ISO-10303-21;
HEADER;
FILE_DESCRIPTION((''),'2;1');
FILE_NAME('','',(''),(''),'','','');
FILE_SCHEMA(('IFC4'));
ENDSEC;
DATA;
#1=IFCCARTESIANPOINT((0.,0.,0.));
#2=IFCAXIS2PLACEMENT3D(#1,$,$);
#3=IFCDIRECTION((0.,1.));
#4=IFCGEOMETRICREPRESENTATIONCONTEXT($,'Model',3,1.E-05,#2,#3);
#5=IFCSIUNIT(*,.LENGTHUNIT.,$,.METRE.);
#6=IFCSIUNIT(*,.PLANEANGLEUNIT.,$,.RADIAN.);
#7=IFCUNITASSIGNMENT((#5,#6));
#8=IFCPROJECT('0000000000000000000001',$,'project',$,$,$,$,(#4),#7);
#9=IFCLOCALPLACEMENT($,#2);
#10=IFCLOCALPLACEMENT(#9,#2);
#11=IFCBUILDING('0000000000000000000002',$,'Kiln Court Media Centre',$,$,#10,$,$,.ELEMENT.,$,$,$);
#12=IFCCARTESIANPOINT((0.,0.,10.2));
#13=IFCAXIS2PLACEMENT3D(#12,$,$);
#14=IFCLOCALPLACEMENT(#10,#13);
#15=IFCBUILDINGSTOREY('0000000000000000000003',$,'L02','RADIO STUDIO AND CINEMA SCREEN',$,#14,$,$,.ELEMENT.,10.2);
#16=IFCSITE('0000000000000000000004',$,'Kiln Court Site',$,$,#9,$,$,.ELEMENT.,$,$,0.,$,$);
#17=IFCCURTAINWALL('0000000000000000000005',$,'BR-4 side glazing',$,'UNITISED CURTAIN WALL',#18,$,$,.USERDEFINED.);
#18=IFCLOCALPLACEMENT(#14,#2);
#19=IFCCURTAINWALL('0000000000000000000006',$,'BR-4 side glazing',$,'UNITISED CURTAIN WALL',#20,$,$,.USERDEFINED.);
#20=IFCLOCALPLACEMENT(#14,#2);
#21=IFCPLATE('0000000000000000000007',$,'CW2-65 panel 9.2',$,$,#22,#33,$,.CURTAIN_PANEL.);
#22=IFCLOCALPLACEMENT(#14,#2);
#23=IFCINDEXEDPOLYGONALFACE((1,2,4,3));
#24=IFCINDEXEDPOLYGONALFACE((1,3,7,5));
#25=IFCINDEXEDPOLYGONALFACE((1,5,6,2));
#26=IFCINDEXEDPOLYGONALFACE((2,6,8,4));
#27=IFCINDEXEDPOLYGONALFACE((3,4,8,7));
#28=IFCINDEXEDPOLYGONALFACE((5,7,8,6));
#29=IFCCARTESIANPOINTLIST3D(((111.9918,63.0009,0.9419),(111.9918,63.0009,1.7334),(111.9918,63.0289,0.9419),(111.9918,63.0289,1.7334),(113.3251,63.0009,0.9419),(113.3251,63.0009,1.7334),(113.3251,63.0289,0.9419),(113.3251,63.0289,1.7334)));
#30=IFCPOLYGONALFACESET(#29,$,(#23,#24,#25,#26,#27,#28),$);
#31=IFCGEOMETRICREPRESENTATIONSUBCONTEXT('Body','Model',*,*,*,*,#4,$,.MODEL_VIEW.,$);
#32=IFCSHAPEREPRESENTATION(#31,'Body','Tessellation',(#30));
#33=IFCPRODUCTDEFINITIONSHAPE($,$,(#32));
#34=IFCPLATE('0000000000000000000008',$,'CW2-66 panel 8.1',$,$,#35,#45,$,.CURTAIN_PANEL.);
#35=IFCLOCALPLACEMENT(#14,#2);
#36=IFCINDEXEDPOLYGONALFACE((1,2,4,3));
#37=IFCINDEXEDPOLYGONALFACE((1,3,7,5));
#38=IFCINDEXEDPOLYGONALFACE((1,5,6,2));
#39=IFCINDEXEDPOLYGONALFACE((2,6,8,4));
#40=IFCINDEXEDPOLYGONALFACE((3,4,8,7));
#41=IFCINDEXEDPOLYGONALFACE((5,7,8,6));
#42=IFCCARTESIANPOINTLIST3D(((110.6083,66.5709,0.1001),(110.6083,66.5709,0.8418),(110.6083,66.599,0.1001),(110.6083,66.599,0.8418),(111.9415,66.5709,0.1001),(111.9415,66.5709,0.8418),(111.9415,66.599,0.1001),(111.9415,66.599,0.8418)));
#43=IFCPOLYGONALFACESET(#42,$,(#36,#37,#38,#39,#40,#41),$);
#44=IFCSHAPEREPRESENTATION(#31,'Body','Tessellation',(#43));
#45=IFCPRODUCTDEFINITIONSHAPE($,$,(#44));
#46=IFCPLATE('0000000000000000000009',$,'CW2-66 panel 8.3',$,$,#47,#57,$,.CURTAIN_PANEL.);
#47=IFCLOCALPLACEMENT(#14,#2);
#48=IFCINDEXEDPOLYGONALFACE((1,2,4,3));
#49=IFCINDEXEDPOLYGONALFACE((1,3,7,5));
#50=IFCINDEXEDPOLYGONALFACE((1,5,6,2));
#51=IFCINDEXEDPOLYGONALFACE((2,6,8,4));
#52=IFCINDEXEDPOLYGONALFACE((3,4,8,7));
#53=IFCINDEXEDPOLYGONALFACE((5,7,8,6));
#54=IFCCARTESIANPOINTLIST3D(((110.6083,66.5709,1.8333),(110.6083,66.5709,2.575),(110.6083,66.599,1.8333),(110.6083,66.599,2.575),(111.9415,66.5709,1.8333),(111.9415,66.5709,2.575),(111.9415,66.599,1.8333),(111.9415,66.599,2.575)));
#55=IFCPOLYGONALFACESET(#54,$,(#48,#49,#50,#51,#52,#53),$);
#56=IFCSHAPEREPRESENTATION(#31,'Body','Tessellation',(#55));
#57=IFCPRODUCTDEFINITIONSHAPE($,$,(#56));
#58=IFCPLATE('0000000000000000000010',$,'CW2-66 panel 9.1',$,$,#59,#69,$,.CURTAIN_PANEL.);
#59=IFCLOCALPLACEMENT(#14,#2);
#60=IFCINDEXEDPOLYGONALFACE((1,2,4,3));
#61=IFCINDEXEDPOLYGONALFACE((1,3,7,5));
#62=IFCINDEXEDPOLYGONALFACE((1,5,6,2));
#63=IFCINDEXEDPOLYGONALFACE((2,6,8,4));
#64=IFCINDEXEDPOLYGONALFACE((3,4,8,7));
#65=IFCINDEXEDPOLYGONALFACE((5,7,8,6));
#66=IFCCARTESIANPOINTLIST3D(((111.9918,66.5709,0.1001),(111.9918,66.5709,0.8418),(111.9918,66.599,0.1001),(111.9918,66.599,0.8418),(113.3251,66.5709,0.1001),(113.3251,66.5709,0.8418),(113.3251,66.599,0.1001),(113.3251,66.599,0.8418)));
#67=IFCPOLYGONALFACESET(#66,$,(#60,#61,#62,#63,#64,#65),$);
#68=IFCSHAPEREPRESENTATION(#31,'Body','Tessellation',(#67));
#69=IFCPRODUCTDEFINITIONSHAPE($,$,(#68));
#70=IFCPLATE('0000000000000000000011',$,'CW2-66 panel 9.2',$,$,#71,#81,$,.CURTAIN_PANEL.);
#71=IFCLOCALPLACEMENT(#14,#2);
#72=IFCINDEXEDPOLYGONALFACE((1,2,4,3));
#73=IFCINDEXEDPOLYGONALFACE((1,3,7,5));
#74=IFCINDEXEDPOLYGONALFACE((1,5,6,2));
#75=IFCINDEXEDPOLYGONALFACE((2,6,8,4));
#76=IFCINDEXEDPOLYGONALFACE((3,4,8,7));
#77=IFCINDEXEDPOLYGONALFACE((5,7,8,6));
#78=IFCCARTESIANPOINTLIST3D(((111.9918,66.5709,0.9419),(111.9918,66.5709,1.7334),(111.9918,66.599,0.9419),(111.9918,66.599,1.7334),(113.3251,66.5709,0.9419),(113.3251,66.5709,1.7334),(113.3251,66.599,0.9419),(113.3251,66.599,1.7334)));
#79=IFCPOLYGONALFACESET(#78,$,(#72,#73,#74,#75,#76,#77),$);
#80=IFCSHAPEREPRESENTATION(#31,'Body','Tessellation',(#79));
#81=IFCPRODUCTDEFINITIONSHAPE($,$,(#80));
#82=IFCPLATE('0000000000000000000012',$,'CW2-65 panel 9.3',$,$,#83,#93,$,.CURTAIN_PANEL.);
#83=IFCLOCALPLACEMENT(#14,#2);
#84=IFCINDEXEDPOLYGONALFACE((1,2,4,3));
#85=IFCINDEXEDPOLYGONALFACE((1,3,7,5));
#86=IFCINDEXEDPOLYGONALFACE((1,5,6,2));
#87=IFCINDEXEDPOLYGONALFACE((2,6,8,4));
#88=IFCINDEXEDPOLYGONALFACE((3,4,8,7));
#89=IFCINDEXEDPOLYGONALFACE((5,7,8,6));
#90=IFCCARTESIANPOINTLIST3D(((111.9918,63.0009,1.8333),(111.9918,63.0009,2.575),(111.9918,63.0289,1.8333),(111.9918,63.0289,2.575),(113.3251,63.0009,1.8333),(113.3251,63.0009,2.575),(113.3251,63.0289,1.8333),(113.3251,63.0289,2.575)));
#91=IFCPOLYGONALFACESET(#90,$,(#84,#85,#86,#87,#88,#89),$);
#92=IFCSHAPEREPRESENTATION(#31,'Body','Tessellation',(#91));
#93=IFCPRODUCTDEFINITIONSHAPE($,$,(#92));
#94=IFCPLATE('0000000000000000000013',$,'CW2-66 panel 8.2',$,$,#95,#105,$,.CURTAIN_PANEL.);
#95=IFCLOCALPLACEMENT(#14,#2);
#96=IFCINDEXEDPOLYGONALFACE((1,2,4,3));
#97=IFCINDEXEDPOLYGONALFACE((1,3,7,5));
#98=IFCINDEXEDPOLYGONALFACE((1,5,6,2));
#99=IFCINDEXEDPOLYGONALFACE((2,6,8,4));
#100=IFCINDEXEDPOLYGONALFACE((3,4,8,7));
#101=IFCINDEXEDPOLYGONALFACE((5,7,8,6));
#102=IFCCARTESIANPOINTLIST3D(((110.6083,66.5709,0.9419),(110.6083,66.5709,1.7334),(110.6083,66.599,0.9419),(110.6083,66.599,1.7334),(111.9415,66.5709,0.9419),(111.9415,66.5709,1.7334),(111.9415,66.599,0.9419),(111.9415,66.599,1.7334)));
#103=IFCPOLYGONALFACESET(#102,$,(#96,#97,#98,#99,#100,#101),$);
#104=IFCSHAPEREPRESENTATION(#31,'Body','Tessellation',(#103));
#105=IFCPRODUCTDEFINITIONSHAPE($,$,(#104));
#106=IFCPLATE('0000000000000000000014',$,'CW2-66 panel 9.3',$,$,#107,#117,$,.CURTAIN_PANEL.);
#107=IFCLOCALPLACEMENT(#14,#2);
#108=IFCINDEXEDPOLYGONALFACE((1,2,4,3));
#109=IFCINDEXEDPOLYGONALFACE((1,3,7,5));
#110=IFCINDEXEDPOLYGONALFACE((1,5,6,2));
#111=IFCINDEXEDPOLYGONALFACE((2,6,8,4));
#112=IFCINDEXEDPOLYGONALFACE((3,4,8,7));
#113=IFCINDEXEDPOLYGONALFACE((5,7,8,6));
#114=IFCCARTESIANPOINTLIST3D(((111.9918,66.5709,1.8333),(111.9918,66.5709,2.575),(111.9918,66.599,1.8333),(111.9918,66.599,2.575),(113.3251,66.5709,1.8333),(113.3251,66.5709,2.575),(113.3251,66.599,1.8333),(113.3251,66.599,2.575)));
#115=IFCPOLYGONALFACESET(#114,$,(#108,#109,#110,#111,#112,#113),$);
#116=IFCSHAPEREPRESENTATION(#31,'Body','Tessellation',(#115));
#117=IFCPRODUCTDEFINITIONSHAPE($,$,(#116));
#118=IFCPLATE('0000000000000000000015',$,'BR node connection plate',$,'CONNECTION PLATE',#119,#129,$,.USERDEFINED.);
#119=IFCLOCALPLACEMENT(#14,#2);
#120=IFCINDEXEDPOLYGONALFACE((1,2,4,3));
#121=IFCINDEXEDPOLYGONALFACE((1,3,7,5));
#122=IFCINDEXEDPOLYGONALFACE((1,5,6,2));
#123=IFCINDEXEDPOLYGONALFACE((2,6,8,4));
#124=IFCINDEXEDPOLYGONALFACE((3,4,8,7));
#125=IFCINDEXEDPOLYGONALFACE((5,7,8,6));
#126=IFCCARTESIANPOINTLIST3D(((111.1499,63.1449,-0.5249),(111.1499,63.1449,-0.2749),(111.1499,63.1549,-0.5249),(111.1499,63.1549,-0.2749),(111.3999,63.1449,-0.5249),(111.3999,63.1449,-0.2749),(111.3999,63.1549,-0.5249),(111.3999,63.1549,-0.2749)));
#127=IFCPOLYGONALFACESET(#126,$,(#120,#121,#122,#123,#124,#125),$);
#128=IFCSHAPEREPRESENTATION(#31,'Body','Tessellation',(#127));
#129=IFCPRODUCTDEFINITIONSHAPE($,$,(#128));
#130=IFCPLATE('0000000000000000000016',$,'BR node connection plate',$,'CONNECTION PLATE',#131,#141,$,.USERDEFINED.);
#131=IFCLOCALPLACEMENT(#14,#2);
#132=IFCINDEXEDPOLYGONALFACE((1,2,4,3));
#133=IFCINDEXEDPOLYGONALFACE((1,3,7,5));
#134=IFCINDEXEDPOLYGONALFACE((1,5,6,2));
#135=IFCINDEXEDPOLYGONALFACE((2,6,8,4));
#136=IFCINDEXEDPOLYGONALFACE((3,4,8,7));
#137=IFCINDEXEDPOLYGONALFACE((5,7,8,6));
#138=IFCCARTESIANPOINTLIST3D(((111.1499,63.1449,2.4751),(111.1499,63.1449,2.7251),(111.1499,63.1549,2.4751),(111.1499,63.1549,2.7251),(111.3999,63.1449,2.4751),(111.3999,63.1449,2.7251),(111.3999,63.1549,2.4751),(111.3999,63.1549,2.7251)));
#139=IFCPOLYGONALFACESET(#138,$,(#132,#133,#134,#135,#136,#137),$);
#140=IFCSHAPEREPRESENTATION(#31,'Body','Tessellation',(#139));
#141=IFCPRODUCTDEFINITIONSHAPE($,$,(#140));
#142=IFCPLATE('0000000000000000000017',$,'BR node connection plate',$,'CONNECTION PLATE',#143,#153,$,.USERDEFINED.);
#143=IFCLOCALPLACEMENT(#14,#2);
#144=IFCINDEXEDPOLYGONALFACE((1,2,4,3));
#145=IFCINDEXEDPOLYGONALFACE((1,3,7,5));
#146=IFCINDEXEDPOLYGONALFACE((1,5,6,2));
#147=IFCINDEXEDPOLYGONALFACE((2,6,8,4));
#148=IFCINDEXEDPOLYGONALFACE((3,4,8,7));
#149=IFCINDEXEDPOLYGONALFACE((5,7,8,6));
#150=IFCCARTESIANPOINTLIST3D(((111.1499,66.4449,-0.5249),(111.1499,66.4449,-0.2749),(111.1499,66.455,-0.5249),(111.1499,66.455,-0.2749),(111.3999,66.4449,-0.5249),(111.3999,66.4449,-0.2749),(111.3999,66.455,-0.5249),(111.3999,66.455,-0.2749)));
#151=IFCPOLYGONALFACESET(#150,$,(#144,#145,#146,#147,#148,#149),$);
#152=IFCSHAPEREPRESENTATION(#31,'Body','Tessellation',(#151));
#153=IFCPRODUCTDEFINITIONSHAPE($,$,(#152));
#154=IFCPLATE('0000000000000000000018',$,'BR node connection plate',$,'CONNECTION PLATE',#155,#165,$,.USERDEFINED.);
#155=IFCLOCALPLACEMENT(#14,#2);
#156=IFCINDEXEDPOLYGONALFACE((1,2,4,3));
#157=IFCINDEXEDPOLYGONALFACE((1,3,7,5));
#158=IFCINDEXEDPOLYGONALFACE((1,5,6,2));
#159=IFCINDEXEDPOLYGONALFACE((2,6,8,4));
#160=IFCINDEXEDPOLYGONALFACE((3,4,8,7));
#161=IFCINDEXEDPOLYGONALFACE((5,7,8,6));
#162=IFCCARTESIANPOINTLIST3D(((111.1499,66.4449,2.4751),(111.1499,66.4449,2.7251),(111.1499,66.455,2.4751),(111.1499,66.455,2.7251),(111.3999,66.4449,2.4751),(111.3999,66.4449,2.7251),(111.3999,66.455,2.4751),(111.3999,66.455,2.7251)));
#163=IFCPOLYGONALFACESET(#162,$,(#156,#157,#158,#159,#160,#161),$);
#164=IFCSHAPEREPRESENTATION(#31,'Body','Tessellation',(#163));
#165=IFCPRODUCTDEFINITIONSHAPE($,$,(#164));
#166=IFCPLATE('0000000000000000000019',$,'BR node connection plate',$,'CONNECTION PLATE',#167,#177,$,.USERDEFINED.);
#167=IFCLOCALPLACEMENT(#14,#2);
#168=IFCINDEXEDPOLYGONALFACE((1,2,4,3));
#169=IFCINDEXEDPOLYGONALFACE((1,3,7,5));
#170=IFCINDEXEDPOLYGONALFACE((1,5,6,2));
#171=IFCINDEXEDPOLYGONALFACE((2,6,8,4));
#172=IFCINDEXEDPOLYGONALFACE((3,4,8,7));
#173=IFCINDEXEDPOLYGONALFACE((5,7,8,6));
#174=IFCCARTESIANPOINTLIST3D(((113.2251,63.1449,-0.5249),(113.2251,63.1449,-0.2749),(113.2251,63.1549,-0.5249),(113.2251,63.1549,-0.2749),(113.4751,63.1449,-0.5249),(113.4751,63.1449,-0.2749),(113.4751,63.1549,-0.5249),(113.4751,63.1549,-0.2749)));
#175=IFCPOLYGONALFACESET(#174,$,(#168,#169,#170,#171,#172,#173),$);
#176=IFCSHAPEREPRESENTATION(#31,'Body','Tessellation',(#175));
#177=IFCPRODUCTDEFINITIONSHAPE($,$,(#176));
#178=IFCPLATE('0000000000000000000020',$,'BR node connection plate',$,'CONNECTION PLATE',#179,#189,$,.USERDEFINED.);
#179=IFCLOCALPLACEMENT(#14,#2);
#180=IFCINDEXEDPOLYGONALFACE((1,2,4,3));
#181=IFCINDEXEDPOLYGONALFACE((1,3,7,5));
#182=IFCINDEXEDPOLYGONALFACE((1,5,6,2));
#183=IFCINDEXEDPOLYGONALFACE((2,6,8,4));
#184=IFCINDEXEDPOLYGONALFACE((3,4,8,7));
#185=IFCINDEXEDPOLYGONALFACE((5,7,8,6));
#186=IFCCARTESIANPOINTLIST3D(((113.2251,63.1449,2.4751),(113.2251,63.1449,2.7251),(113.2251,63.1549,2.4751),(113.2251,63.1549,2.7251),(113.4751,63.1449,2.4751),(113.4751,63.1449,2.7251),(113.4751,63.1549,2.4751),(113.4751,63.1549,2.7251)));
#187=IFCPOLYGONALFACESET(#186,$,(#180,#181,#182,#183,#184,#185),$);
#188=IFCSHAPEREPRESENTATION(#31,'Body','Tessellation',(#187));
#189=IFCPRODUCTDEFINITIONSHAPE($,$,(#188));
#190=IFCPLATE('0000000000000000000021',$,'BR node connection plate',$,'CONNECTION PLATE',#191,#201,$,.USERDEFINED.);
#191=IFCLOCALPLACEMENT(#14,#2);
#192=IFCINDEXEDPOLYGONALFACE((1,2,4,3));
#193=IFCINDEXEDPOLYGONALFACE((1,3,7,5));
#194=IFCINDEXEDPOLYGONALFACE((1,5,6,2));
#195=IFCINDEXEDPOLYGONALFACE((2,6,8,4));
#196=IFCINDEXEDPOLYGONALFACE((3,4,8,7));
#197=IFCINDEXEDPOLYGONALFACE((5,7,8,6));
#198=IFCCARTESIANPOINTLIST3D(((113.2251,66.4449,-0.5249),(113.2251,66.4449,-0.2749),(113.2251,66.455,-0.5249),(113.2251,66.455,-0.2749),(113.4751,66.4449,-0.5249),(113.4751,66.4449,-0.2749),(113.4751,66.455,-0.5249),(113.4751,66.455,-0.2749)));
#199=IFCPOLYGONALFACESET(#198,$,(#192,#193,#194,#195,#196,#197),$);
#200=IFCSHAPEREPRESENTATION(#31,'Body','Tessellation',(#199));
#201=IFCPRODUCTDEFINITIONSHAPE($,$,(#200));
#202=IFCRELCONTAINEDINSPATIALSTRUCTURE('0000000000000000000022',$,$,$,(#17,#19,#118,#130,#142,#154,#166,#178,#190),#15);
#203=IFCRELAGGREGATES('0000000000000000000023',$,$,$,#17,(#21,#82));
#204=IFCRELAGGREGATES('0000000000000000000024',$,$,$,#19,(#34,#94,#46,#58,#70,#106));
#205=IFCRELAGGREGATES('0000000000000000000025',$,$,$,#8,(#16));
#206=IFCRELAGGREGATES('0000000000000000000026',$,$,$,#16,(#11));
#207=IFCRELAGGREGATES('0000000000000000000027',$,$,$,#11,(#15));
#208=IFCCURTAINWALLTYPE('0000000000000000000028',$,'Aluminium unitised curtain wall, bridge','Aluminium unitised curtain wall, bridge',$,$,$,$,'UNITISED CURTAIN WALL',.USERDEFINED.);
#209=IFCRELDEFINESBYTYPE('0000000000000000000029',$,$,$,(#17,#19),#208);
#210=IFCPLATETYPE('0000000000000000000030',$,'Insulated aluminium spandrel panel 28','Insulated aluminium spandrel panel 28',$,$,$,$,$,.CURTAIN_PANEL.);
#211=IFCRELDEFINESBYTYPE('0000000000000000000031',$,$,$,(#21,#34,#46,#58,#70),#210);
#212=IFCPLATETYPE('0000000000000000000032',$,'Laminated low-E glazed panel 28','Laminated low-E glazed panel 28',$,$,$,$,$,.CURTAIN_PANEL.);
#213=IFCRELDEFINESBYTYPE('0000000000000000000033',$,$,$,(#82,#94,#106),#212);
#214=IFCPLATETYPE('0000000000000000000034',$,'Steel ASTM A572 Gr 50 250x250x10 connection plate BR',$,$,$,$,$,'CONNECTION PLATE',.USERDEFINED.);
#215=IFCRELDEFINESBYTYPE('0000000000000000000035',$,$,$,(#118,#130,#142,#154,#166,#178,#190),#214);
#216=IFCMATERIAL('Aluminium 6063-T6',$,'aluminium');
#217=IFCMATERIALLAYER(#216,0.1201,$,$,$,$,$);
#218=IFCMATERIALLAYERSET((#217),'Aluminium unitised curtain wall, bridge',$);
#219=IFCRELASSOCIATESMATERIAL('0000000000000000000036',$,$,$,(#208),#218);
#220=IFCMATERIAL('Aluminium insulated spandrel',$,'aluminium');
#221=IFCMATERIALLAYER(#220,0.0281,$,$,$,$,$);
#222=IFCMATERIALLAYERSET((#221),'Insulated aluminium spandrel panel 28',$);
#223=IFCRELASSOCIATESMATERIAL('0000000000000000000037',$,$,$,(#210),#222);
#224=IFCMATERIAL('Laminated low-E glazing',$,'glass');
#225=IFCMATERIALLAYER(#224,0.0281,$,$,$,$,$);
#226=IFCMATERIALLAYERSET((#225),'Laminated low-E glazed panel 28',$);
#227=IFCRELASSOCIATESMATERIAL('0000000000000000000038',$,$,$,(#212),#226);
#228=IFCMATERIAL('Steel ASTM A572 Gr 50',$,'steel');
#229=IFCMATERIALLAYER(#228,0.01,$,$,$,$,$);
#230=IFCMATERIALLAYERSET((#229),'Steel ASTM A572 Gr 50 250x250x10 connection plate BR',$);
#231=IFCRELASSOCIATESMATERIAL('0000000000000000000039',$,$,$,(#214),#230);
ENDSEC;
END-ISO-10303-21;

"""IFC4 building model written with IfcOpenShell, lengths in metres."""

from ifc_helpers import new_model, si_unit, direction, frame, origin, origin_2d, place, context, subcontext, project, spatial, rectangle, extrude, material, layer, layer_set, type_object, element, aggregate, save


model = new_model("IFC4")

# Units and contexts
model_context = context("Model", 3, precision=1e-05, world=origin(), true_north=direction((0.0, 1.0)))
body_context = subcontext(model_context, "Body", "Model", "MODEL_VIEW")
ifc_project = project(units=[si_unit("LENGTHUNIT", "METRE"), si_unit("PLANEANGLEUNIT", "RADIAN")], contexts=[model_context])

# Site, building, storey
site_placement = place(None, origin())
site = spatial("IfcSite", under=ifc_project, at=site_placement, Name="Kiln Court Site", CompositionType="ELEMENT", RefElevation=0.0)
building_placement = place(site_placement, origin())
building = spatial("IfcBuilding", under=site, at=building_placement, Name="Kiln Court Media Centre", CompositionType="ELEMENT")
storey_placement = place(building_placement, frame((0.0, 0.0, 10.2)))
storey = spatial("IfcBuildingStorey", under=building, at=storey_placement, Name="L02", Description="RADIO STUDIO AND CINEMA SCREEN", CompositionType="ELEMENT", Elevation=10.2)

# Curtain wall
ifc_material_1 = material(Name="Aluminium 6063-T6", Category="aluminium")
ifc_layer_1 = layer(ifc_material_1, 0.1201)
ifc_layer_set_1 = layer_set([ifc_layer_1], Name="Aluminium unitised curtain wall, bridge")
curtain_wall_type = type_object("IfcCurtainWallType", Name="Aluminium unitised curtain wall, bridge", Description="Aluminium unitised curtain wall, bridge", ElementType="UNITISED CURTAIN WALL", PredefinedType="USERDEFINED", material=ifc_layer_set_1)
curtain_wall_1_placement = place(storey_placement, origin())
curtain_wall_1 = element("IfcCurtainWall", 1, at=curtain_wall_1_placement, inside=storey, type_object=curtain_wall_type, Name="BR-4 side glazing", ObjectType="UNITISED CURTAIN WALL", PredefinedType="USERDEFINED")

# Curtain wall
curtain_wall_2_placement = place(storey_placement, origin())
curtain_wall_2 = element("IfcCurtainWall", 2, at=curtain_wall_2_placement, inside=storey, type_object=curtain_wall_type, Name="BR-4 side glazing", ObjectType="UNITISED CURTAIN WALL", PredefinedType="USERDEFINED")

# Plates
ifc_material_2 = material(Name="Aluminium insulated spandrel", Category="aluminium")
ifc_layer_2 = layer(ifc_material_2, 0.0281)
ifc_layer_set_2 = layer_set([ifc_layer_2], Name="Insulated aluminium spandrel panel 28")
plate_type_1 = type_object("IfcPlateType", Name="Insulated aluminium spandrel panel 28", Description="Insulated aluminium spandrel panel 28", PredefinedType="CURTAIN_PANEL", material=ifc_layer_set_2)
plate_1_placement = place(storey_placement, frame((112.6584, 63.0149, 0.9419), z_axis=(0.0, 0.0, 1.0), x_axis=(1.0, 0.0, 0.0)))
plate_1 = element("IfcPlate", 3, at=plate_1_placement, type_object=plate_type_1, Name="CW2-65 panel 9.2", PredefinedType="CURTAIN_PANEL", context=body_context, shape_type="SweptSolid", body=[
    extrude(rectangle(XDim=1.3333, YDim=0.0281, at=origin_2d()), origin(), (0.0, 0.0, 1.0), 0.7915),
])
plate_2_placement = place(storey_placement, frame((111.2749, 66.585, 0.1001), z_axis=(0.0, 0.0, 1.0), x_axis=(1.0, 0.0, 0.0)))
plate_2 = element("IfcPlate", 4, at=plate_2_placement, type_object=plate_type_1, Name="CW2-66 panel 8.1", PredefinedType="CURTAIN_PANEL", context=body_context, shape_type="SweptSolid", body=[
    extrude(rectangle(XDim=1.3333, YDim=0.0281, at=origin_2d()), origin(), (0.0, 0.0, 1.0), 0.7417),
])
plate_3_placement = place(storey_placement, frame((111.2749, 66.585, 1.8333), z_axis=(0.0, 0.0, 1.0), x_axis=(1.0, 0.0, 0.0)))
plate_3 = element("IfcPlate", 5, at=plate_3_placement, type_object=plate_type_1, Name="CW2-66 panel 8.3", PredefinedType="CURTAIN_PANEL", context=body_context, shape_type="SweptSolid", body=[
    extrude(rectangle(XDim=1.3333, YDim=0.0281, at=origin_2d()), origin(), (0.0, 0.0, 1.0), 0.7417),
])
plate_4_placement = place(storey_placement, frame((112.6584, 66.585, 0.1001), z_axis=(0.0, 0.0, 1.0), x_axis=(1.0, 0.0, 0.0)))
plate_4 = element("IfcPlate", 6, at=plate_4_placement, type_object=plate_type_1, Name="CW2-66 panel 9.1", PredefinedType="CURTAIN_PANEL", context=body_context, shape_type="SweptSolid", body=[
    extrude(rectangle(XDim=1.3333, YDim=0.0281, at=origin_2d()), origin(), (0.0, 0.0, 1.0), 0.7417),
])
plate_5_placement = place(storey_placement, frame((112.6584, 66.585, 0.9419), z_axis=(0.0, 0.0, 1.0), x_axis=(1.0, 0.0, 0.0)))
plate_5 = element("IfcPlate", 7, at=plate_5_placement, type_object=plate_type_1, Name="CW2-66 panel 9.2", PredefinedType="CURTAIN_PANEL", context=body_context, shape_type="SweptSolid", body=[
    extrude(rectangle(XDim=1.3333, YDim=0.0281, at=origin_2d()), origin(), (0.0, 0.0, 1.0), 0.7915),
])
ifc_material_3 = material(Name="Laminated low-E glazing", Category="glass")
ifc_layer_3 = layer(ifc_material_3, 0.0281)
ifc_layer_set_3 = layer_set([ifc_layer_3], Name="Laminated low-E glazed panel 28")
plate_type_2 = type_object("IfcPlateType", Name="Laminated low-E glazed panel 28", Description="Laminated low-E glazed panel 28", PredefinedType="CURTAIN_PANEL", material=ifc_layer_set_3)
plate_6_placement = place(storey_placement, frame((112.6584, 63.0149, 1.8333), z_axis=(0.0, 0.0, 1.0), x_axis=(1.0, 0.0, 0.0)))
plate_6 = element("IfcPlate", 8, at=plate_6_placement, type_object=plate_type_2, Name="CW2-65 panel 9.3", PredefinedType="CURTAIN_PANEL", context=body_context, shape_type="SweptSolid", body=[
    extrude(rectangle(XDim=1.3333, YDim=0.0281, at=origin_2d()), origin(), (0.0, 0.0, 1.0), 0.7417),
])
aggregate(curtain_wall_1, [plate_1, plate_6])
plate_7_placement = place(storey_placement, frame((111.2749, 66.585, 0.9419), z_axis=(0.0, 0.0, 1.0), x_axis=(1.0, 0.0, 0.0)))
plate_7 = element("IfcPlate", 9, at=plate_7_placement, type_object=plate_type_2, Name="CW2-66 panel 8.2", PredefinedType="CURTAIN_PANEL", context=body_context, shape_type="SweptSolid", body=[
    extrude(rectangle(XDim=1.3333, YDim=0.0281, at=origin_2d()), origin(), (0.0, 0.0, 1.0), 0.7915),
])
plate_8_placement = place(storey_placement, frame((112.6584, 66.585, 1.8333), z_axis=(0.0, 0.0, 1.0), x_axis=(1.0, 0.0, 0.0)))
plate_8 = element("IfcPlate", 10, at=plate_8_placement, type_object=plate_type_2, Name="CW2-66 panel 9.3", PredefinedType="CURTAIN_PANEL", context=body_context, shape_type="SweptSolid", body=[
    extrude(rectangle(XDim=1.3333, YDim=0.0281, at=origin_2d()), origin(), (0.0, 0.0, 1.0), 0.7417),
])
aggregate(curtain_wall_2, [plate_2, plate_7, plate_3, plate_4, plate_5, plate_8])

# Plates
ifc_material_4 = material(Name="Steel ASTM A572 Gr 50", Category="steel")
ifc_layer_4 = layer(ifc_material_4, 0.01)
ifc_layer_set_4 = layer_set([ifc_layer_4], Name="Steel ASTM A572 Gr 50 250x250x10 connection plate BR")
plate_type_3 = type_object("IfcPlateType", Name="Steel ASTM A572 Gr 50 250x250x10 connection plate BR", ElementType="CONNECTION PLATE", PredefinedType="USERDEFINED", material=ifc_layer_set_4)
for number, where, z_axis, x_axis, name in (
    (11, (111.2749, 63.1499, -0.5249), (0.0, 0.0, 1.0), (1.0, 0.0, 0.0), "BR node connection plate"),
    (12, (111.2749, 63.1499, 2.4751), (0.0, 0.0, 1.0), (1.0, 0.0, 0.0), "BR node connection plate"),
    (13, (111.2749, 66.45, -0.5249), (0.0, 0.0, 1.0), (1.0, 0.0, 0.0), "BR node connection plate"),
    (14, (111.2749, 66.45, 2.4751), (0.0, 0.0, 1.0), (1.0, 0.0, 0.0), "BR node connection plate"),
    (15, (113.3501, 63.1499, -0.5249), (0.0, 0.0, 1.0), (1.0, 0.0, 0.0), "BR node connection plate"),
    (16, (113.3501, 63.1499, 2.4751), (0.0, 0.0, 1.0), (1.0, 0.0, 0.0), "BR node connection plate"),
    (17, (113.3501, 66.45, -0.5249), (0.0, 0.0, 1.0), (1.0, 0.0, 0.0), "BR node connection plate"),
):
    element("IfcPlate", number, at=place(storey_placement, frame(where, z_axis=z_axis, x_axis=x_axis)), inside=storey, type_object=plate_type_3, Name=name, ObjectType="CONNECTION PLATE", PredefinedType="USERDEFINED", context=body_context, shape_type="SweptSolid", body=[
        extrude(rectangle(XDim=0.25, YDim=0.01, at=origin_2d()), origin(), (0.0, 0.0, 1.0), 0.25),
    ])

save(model, "model.ifc")
